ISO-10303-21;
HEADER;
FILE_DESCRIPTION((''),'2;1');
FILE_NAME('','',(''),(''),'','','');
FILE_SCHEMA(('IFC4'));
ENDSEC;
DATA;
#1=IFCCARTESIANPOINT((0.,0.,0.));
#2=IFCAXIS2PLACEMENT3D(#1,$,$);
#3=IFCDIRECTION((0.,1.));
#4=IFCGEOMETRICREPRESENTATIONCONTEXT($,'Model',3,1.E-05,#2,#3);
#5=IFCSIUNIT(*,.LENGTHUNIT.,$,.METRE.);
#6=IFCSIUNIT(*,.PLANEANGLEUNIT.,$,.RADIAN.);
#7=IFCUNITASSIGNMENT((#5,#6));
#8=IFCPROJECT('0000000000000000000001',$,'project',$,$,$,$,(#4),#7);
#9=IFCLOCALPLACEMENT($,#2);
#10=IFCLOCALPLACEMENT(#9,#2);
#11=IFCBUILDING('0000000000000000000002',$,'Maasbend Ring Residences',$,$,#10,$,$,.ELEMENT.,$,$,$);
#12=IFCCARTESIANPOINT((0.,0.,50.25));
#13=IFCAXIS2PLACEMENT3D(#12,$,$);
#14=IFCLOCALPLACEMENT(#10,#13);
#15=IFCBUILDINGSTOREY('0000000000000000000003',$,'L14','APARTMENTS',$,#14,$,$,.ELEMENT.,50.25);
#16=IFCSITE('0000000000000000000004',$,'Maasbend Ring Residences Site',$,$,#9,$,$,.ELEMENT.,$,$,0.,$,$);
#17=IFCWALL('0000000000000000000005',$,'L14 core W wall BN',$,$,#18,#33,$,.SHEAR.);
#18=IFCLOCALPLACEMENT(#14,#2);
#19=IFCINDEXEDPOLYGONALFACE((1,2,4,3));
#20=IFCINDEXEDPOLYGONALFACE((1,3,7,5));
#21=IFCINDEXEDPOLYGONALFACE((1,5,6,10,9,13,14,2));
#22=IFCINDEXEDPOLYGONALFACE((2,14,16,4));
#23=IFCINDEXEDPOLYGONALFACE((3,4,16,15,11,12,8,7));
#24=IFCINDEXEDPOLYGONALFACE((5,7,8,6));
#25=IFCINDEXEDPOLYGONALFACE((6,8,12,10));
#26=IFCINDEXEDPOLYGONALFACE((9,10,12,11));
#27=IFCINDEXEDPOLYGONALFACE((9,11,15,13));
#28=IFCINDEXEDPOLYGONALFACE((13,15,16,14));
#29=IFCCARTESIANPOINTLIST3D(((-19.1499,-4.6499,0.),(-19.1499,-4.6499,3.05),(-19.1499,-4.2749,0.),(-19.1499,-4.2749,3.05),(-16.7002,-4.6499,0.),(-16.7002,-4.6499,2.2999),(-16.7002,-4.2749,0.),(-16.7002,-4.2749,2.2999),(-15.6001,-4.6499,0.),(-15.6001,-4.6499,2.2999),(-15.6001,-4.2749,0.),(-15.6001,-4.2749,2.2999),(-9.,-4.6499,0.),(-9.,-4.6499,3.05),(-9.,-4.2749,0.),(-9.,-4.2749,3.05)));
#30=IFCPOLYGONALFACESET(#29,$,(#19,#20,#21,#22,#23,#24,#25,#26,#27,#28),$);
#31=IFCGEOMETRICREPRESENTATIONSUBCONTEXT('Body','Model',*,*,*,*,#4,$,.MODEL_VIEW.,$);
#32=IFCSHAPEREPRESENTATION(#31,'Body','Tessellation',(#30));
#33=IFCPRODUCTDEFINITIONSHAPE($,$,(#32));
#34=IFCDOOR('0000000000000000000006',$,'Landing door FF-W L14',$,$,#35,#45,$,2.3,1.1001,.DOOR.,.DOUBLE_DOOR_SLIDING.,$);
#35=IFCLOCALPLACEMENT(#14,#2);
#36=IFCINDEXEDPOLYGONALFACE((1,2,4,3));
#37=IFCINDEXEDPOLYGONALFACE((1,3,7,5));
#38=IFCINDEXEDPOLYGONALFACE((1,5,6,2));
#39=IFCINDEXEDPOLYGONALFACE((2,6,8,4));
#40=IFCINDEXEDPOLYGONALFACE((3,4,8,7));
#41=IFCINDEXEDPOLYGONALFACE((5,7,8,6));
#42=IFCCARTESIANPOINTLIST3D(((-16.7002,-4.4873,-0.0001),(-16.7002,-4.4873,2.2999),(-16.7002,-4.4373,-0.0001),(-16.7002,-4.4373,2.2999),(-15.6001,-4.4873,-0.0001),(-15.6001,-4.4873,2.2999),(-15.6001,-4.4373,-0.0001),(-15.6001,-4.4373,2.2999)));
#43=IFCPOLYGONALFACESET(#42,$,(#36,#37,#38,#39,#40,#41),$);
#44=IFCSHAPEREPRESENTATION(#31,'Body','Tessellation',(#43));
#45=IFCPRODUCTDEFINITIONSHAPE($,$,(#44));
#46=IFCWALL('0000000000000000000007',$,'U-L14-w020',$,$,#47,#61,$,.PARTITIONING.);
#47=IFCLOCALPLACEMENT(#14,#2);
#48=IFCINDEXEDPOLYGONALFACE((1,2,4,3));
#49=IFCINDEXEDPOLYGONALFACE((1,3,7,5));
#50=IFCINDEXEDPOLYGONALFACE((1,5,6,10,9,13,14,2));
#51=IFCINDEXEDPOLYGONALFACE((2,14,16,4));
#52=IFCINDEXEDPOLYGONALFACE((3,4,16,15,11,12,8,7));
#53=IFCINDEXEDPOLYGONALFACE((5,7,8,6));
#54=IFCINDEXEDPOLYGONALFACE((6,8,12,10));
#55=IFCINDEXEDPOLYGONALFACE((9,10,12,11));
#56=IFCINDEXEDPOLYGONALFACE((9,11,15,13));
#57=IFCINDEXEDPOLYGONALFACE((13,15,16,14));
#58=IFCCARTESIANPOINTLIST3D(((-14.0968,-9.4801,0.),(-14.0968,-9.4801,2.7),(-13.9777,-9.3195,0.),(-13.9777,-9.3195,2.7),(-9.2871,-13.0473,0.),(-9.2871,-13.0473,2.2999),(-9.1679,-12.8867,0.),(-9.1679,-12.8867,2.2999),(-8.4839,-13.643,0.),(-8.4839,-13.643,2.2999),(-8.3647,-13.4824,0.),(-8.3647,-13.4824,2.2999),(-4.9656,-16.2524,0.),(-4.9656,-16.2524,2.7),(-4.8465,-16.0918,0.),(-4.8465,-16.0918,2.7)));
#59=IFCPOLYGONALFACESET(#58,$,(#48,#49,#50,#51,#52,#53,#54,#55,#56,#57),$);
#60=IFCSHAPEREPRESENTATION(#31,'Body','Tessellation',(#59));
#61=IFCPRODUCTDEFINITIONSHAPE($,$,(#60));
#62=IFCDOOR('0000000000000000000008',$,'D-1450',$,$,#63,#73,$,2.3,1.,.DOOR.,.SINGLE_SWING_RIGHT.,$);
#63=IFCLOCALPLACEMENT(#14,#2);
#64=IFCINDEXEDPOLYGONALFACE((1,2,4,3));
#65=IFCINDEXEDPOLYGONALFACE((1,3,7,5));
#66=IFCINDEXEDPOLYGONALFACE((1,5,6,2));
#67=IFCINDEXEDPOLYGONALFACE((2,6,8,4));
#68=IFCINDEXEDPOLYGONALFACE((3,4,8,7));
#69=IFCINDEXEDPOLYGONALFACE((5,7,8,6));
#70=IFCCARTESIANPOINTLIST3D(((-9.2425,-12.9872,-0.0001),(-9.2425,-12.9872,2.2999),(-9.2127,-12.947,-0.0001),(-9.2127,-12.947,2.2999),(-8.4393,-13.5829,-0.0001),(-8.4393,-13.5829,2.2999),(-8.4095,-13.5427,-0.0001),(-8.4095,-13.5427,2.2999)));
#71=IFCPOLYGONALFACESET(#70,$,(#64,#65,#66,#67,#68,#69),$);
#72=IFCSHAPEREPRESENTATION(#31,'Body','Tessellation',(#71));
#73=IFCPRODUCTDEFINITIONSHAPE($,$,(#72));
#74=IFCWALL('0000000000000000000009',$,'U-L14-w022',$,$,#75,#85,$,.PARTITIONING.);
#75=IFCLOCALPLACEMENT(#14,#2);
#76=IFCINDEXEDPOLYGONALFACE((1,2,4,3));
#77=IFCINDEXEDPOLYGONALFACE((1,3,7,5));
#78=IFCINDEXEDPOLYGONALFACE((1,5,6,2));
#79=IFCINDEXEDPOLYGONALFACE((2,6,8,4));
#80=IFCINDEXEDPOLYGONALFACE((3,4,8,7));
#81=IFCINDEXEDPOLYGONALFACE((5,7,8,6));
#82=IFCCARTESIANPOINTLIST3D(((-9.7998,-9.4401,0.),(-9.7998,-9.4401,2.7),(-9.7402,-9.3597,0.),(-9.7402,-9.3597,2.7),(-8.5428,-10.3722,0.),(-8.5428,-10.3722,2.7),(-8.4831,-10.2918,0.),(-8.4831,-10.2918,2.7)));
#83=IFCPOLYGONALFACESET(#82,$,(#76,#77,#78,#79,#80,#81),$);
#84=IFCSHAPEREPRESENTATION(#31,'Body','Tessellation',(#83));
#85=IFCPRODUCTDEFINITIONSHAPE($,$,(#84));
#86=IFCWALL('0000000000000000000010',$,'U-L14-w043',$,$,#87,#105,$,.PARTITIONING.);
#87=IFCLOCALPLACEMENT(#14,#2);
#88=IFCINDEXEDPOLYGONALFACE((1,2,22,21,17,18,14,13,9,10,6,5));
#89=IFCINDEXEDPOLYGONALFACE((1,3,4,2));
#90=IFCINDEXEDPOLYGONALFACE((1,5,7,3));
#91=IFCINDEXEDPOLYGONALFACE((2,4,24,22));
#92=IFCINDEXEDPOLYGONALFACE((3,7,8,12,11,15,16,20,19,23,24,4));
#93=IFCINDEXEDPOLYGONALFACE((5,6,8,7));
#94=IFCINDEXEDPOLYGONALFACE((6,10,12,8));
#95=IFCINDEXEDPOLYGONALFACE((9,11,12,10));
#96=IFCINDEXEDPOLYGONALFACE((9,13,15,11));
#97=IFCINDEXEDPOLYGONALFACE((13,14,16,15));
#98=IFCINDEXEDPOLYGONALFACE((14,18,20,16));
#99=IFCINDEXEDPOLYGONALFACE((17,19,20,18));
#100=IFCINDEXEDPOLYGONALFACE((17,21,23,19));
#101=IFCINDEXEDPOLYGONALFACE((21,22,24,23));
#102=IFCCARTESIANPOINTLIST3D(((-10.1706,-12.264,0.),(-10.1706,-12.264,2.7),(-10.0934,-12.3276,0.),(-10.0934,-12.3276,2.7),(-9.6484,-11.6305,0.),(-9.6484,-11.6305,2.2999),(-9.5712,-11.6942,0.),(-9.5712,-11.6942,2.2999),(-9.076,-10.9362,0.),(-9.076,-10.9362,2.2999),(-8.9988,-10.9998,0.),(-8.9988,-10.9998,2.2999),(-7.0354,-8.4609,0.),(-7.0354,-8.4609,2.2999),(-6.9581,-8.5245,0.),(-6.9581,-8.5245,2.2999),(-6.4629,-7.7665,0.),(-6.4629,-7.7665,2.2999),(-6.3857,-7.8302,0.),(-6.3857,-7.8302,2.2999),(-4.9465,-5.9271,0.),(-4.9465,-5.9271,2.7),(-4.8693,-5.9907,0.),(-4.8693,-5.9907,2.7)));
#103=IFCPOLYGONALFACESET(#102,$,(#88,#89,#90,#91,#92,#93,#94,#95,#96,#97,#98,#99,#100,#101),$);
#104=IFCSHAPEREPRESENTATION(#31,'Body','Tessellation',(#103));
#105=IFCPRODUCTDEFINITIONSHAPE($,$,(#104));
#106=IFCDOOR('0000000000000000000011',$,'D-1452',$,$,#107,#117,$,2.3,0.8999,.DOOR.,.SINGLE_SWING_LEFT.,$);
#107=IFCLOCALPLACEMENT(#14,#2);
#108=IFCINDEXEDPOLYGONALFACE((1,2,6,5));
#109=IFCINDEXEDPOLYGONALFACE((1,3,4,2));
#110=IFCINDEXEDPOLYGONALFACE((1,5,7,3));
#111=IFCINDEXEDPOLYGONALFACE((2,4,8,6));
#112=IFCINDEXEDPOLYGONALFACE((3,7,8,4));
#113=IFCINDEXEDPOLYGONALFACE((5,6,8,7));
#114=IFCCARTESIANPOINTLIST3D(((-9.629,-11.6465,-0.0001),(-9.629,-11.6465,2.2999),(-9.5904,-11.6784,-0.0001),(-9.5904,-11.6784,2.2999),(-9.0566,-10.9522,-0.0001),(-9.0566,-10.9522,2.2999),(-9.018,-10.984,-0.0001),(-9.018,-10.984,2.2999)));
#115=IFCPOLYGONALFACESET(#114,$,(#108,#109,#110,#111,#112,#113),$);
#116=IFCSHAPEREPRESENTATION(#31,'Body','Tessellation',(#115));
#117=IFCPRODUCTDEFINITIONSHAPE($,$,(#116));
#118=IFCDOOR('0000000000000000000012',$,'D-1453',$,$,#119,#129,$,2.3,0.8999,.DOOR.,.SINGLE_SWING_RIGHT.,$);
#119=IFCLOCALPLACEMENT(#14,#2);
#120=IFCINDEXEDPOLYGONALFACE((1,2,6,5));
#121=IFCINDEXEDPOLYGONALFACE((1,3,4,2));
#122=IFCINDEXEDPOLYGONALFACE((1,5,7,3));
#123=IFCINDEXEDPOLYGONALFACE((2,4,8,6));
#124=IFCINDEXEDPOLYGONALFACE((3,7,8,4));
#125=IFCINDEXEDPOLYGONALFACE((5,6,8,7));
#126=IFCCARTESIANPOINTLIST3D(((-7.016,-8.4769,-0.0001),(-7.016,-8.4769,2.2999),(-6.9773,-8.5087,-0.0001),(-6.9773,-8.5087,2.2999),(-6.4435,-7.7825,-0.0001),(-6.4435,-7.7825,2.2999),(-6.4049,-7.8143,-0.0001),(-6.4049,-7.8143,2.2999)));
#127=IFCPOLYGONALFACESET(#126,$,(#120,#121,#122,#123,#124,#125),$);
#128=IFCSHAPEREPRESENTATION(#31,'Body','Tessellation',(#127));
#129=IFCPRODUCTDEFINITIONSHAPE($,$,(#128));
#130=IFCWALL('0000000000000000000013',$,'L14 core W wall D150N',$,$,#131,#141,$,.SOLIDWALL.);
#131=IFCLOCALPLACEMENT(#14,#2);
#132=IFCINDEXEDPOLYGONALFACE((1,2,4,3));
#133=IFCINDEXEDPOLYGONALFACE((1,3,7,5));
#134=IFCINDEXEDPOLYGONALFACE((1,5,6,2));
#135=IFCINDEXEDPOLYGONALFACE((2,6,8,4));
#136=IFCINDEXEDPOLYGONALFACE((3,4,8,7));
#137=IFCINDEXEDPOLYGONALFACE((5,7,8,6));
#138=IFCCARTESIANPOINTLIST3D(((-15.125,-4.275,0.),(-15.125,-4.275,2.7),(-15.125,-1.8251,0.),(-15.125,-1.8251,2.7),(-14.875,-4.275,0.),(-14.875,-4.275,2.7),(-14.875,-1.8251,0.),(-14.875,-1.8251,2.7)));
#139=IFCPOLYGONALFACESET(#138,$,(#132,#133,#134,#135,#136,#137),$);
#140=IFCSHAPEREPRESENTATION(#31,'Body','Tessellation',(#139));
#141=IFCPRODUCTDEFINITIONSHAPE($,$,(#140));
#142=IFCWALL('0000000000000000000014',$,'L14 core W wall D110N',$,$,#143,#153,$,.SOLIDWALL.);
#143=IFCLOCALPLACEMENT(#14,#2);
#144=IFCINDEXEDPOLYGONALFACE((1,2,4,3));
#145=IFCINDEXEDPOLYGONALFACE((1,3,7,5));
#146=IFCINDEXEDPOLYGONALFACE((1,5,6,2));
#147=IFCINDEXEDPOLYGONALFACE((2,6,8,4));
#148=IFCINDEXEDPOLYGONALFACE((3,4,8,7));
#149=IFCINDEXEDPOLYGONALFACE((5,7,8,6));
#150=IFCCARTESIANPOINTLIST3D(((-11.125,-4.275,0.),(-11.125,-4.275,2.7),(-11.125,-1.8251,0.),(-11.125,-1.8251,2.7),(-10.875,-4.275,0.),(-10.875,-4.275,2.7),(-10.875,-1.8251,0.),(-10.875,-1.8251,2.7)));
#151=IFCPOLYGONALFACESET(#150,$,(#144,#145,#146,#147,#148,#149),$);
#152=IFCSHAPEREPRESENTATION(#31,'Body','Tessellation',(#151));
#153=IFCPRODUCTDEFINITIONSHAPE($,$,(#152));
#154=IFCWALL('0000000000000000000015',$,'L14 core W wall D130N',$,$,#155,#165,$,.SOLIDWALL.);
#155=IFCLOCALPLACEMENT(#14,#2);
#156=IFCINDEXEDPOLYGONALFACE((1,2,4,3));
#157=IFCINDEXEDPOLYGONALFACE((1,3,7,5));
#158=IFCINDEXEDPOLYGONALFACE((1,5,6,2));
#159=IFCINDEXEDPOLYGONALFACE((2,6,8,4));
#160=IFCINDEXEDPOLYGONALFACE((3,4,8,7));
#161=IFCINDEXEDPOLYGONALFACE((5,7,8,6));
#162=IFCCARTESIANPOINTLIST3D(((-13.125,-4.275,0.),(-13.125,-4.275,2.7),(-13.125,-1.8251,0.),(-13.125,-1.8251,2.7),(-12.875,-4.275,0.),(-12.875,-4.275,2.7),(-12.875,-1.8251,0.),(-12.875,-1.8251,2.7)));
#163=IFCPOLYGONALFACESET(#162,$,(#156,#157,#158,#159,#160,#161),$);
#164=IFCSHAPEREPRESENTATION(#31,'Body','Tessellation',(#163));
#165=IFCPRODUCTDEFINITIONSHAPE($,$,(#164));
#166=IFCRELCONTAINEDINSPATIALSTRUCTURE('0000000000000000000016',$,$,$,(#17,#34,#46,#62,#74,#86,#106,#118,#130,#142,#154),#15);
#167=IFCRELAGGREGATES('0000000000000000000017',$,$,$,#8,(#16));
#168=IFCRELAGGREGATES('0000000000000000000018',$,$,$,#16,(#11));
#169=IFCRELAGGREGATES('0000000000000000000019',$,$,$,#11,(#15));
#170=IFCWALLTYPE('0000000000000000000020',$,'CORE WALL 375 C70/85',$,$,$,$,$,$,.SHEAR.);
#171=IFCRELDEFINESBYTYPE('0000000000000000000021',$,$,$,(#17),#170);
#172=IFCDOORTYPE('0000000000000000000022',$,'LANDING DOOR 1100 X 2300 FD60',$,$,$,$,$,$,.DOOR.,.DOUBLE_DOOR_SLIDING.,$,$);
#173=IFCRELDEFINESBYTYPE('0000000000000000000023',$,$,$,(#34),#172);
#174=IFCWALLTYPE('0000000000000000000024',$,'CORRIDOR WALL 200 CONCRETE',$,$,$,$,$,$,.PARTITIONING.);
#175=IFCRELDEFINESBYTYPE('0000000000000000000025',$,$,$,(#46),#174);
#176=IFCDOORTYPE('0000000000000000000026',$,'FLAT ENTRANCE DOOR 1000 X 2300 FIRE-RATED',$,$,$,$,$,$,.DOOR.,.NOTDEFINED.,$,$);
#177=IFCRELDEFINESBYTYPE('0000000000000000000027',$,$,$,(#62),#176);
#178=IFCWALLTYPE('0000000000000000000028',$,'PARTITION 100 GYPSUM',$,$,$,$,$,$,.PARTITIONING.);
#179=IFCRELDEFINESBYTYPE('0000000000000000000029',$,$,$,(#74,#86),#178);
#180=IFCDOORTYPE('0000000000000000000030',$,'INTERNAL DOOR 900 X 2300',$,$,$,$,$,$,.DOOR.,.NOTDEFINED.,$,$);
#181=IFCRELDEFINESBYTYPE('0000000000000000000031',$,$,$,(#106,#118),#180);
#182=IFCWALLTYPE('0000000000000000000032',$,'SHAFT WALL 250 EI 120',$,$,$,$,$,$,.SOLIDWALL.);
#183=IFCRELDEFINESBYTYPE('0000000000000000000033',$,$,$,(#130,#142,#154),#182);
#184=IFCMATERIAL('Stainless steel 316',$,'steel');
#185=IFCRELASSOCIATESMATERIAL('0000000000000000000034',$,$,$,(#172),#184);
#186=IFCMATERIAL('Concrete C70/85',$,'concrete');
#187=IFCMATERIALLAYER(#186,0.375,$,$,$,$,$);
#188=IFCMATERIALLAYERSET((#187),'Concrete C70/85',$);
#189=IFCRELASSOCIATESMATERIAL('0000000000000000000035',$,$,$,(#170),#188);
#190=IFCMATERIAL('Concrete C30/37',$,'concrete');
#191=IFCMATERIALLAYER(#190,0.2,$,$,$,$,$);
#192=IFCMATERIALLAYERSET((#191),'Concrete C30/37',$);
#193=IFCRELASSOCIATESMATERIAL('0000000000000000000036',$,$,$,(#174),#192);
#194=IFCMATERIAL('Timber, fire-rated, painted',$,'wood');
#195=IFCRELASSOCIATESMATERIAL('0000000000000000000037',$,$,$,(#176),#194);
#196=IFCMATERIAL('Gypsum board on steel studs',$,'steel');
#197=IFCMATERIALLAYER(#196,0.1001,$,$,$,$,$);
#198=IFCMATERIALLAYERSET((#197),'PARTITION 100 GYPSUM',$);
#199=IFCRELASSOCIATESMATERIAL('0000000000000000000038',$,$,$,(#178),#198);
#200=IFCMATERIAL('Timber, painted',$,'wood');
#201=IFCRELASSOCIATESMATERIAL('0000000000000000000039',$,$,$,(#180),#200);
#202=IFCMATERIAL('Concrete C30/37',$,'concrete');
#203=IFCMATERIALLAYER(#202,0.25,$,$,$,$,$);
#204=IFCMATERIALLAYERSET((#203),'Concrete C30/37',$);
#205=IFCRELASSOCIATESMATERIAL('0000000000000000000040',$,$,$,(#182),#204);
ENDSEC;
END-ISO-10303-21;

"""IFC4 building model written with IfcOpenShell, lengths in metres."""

from ifc_helpers import new_model, si_unit, direction, frame, frame_2d, origin, place, context, subcontext, project, spatial, rectangle, extrude, material, layer, layer_set, type_object, element, fill, save


model = new_model("IFC4")

# Units and contexts
model_context = context("Model", 3, precision=1e-05, world=origin(), true_north=direction((0.0, 1.0)))
body_context = subcontext(model_context, "Body", "Model", "MODEL_VIEW")
ifc_project = project(units=[si_unit("LENGTHUNIT", "METRE"), si_unit("PLANEANGLEUNIT", "RADIAN")], contexts=[model_context])

# Site, building, storey
site_placement = place(None, origin())
site = spatial("IfcSite", under=ifc_project, at=site_placement, Name="Maasbend Ring Residences Site", CompositionType="ELEMENT", RefElevation=0.0)
building_placement = place(site_placement, origin())
building = spatial("IfcBuilding", under=site, at=building_placement, Name="Maasbend Ring Residences", CompositionType="ELEMENT")
storey_placement = place(building_placement, frame((0.0, 0.0, 50.25)))
storey = spatial("IfcBuildingStorey", under=building, at=storey_placement, Name="L14", Description="APARTMENTS", CompositionType="ELEMENT", Elevation=50.25)

# Shared definitions
ifc_material_1 = material(Name="Stainless steel 316", Category="steel")
door_type_1 = type_object("IfcDoorType", Name="LANDING DOOR 1100 X 2300 FD60", OperationType="DOUBLE_DOOR_SLIDING", PredefinedType="DOOR", material=ifc_material_1)

# Walls, openings, doors
ifc_material_2 = material(Name="Concrete C70/85", Category="concrete")
ifc_layer_1 = layer(ifc_material_2, 0.375)
ifc_layer_set_1 = layer_set([ifc_layer_1], Name="Concrete C70/85")
wall_type_1 = type_object("IfcWallType", Name="CORE WALL 375 C70/85", PredefinedType="SHEAR", material=ifc_layer_set_1)
wall_1_placement = place(storey_placement, frame((-9.0, -4.4624, 0.0), z_axis=(0.0, 0.0, 1.0), x_axis=(-1.0, 0.0, 0.0)))
wall_1 = element("IfcWall", 1, at=wall_1_placement, inside=storey, type_object=wall_type_1, Name="L14 core W wall BN", PredefinedType="SHEAR", context=body_context, shape_type="SweptSolid", body=[
    extrude(rectangle(XDim=10.1499, YDim=0.375, at=frame_2d((5.075, 0.0))), origin(), (0.0, 0.0, 1.0), 3.05),
])
opening_1_placement = place(wall_1_placement, frame((6.6001, 0.0, 0.0)))
opening_1 = element("IfcOpeningElement", 2, at=opening_1_placement, cuts=wall_1, PredefinedType="OPENING", context=body_context, shape_type="SweptSolid", body=[
    extrude(rectangle(XDim=1.1001, YDim=2.3, at=frame_2d((0.55, 1.1499))), frame((0.0, 0.1975, 0.0), z_axis=(0.0, -1.0, 0.0), x_axis=(1.0, 0.0, 0.0)), (0.0, 0.0, 1.0), 0.395),
])
door_1_placement = place(opening_1_placement, origin())
door_1 = element("IfcDoor", 3, at=door_1_placement, inside=storey, type_object=door_type_1, Name="Landing door FF-W L14", OperationType="DOUBLE_DOOR_SLIDING", OverallHeight=2.3, OverallWidth=1.1001, PredefinedType="DOOR", context=body_context, shape_type="SweptSolid", body=[
    extrude(rectangle(XDim=1.1001, YDim=2.3, at=frame_2d((0.55, 1.1499))), frame((0.0, 0.0249, 0.0), z_axis=(0.0, -1.0, 0.0), x_axis=(1.0, 0.0, 0.0)), (0.0, 0.0, 1.0), 0.05),
])
fill(opening_1, door_1)
ifc_material_3 = material(Name="Concrete C30/37", Category="concrete")
ifc_layer_2 = layer(ifc_material_3, 0.2)
ifc_layer_set_2 = layer_set([ifc_layer_2], Name="Concrete C30/37")
wall_type_2 = type_object("IfcWallType", Name="CORRIDOR WALL 200 CONCRETE", PredefinedType="PARTITIONING", material=ifc_layer_set_2)
wall_2_placement = place(storey_placement, frame((-14.0371, -9.3999, 0.0), z_axis=(0.0, 0.0, 1.0), x_axis=(0.803202, -0.595707, 0.0)))
wall_2 = element("IfcWall", 4, at=wall_2_placement, inside=storey, type_object=wall_type_2, Name="U-L14-w020", PredefinedType="PARTITIONING", context=body_context, shape_type="SweptSolid", body=[
    extrude(rectangle(XDim=11.3684, YDim=0.2, at=frame_2d((5.6841, 0.0))), origin(), (0.0, 0.0, 1.0), 2.7),
])
opening_2_placement = place(wall_2_placement, frame((5.988, 0.0, 0.0)))
opening_2 = element("IfcOpeningElement", 5, at=opening_2_placement, cuts=wall_2, PredefinedType="OPENING", context=body_context, shape_type="SweptSolid", body=[
    extrude(rectangle(XDim=1.0, YDim=2.3, at=frame_2d((0.5, 1.1499))), frame((0.0, 0.1099, 0.0), z_axis=(0.0, -1.0, 0.0), x_axis=(1.0, 0.0, 0.0)), (0.0, 0.0, 1.0), 0.22),
])
ifc_material_4 = material(Name="Timber, fire-rated, painted", Category="wood")
door_type_2 = type_object("IfcDoorType", Name="FLAT ENTRANCE DOOR 1000 X 2300 FIRE-RATED", OperationType="NOTDEFINED", PredefinedType="DOOR", material=ifc_material_4)
door_2_placement = place(opening_2_placement, origin())
door_2 = element("IfcDoor", 6, at=door_2_placement, inside=storey, type_object=door_type_2, Name="D-1450", OperationType="SINGLE_SWING_RIGHT", OverallHeight=2.3, OverallWidth=1.0, PredefinedType="DOOR", context=body_context, shape_type="SweptSolid", body=[
    extrude(rectangle(XDim=1.0, YDim=2.3, at=frame_2d((0.5, 1.1499))), frame((0.0, 0.0249, 0.0), z_axis=(0.0, -1.0, 0.0), x_axis=(1.0, 0.0, 0.0)), (0.0, 0.0, 1.0), 0.05),
])
fill(opening_2, door_2)

# Wall
ifc_material_5 = material(Name="Gypsum board on steel studs", Category="steel")
ifc_layer_3 = layer(ifc_material_5, 0.1001)
ifc_layer_set_3 = layer_set([ifc_layer_3], Name="PARTITION 100 GYPSUM")
wall_type_3 = type_object("IfcWallType", Name="PARTITION 100 GYPSUM", PredefinedType="PARTITIONING", material=ifc_layer_set_3)
wall_3_placement = place(storey_placement, frame((-9.77, -9.3999, 0.0), z_axis=(0.0, 0.0, 1.0), x_axis=(0.803264, -0.595623, 0.0)))
element("IfcWall", 7, at=wall_3_placement, inside=storey, type_object=wall_type_3, Name="U-L14-w022", PredefinedType="PARTITIONING", context=body_context, shape_type="SweptSolid", body=[
    extrude(rectangle(XDim=1.5649, YDim=0.1001, at=frame_2d((0.7825, 0.0))), origin(), (0.0, 0.0, 1.0), 2.7),
])

# Wall, openings, doors
wall_4_placement = place(storey_placement, frame((-10.1321, -12.2959, 0.0), z_axis=(0.0, 0.0, 1.0), x_axis=(0.636105, 0.771602, 0.0)))
wall_4 = element("IfcWall", 8, at=wall_4_placement, inside=storey, type_object=wall_type_3, Name="U-L14-w043", PredefinedType="PARTITIONING", context=body_context, shape_type="SweptSolid", body=[
    extrude(rectangle(XDim=8.2126, YDim=0.1001, at=frame_2d((4.1064, 0.0))), origin(), (0.0, 0.0, 1.0), 2.7),
])
opening_3_placement = place(wall_4_placement, frame((0.821, 0.0, 0.0)))
opening_3 = element("IfcOpeningElement", 9, at=opening_3_placement, cuts=wall_4, PredefinedType="OPENING", context=body_context, shape_type="SweptSolid", body=[
    extrude(rectangle(XDim=0.8999, YDim=2.3, at=frame_2d((0.45, 1.1499))), frame((0.0, 0.0601, 0.0), z_axis=(0.0, -1.0, 0.0), x_axis=(1.0, 0.0, 0.0)), (0.0, 0.0, 1.0), 0.1201),
])
opening_4_placement = place(wall_4_placement, frame((4.929, 0.0, 0.0)))
opening_4 = element("IfcOpeningElement", 10, at=opening_4_placement, cuts=wall_4, PredefinedType="OPENING", context=body_context, shape_type="SweptSolid", body=[
    extrude(rectangle(XDim=0.8999, YDim=2.3, at=frame_2d((0.45, 1.1499))), frame((0.0, 0.0601, 0.0), z_axis=(0.0, -1.0, 0.0), x_axis=(1.0, 0.0, 0.0)), (0.0, 0.0, 1.0), 0.1201),
])
ifc_material_6 = material(Name="Timber, painted", Category="wood")
door_type_3 = type_object("IfcDoorType", Name="INTERNAL DOOR 900 X 2300", OperationType="NOTDEFINED", PredefinedType="DOOR", material=ifc_material_6)
door_3_placement = place(opening_3_placement, origin())
door_3 = element("IfcDoor", 11, at=door_3_placement, inside=storey, type_object=door_type_3, Name="D-1452", OperationType="SINGLE_SWING_LEFT", OverallHeight=2.3, OverallWidth=0.8999, PredefinedType="DOOR", context=body_context, shape_type="SweptSolid", body=[
    extrude(rectangle(XDim=0.8999, YDim=2.3, at=frame_2d((0.45, 1.1499))), frame((0.0, 0.0249, 0.0), z_axis=(0.0, -1.0, 0.0), x_axis=(1.0, 0.0, 0.0)), (0.0, 0.0, 1.0), 0.05),
])
fill(opening_3, door_3)
door_4_placement = place(opening_4_placement, origin())
door_4 = element("IfcDoor", 12, at=door_4_placement, inside=storey, type_object=door_type_3, Name="D-1453", OperationType="SINGLE_SWING_RIGHT", OverallHeight=2.3, OverallWidth=0.8999, PredefinedType="DOOR", context=body_context, shape_type="SweptSolid", body=[
    extrude(rectangle(XDim=0.8999, YDim=2.3, at=frame_2d((0.45, 1.1499))), frame((0.0, 0.0249, 0.0), z_axis=(0.0, -1.0, 0.0), x_axis=(1.0, 0.0, 0.0)), (0.0, 0.0, 1.0), 0.05),
])
fill(opening_4, door_4)

# Walls
ifc_material_7 = material(Name="Concrete C30/37", Category="concrete")
ifc_layer_4 = layer(ifc_material_7, 0.25)
ifc_layer_set_4 = layer_set([ifc_layer_4], Name="Concrete C30/37")
wall_type_4 = type_object("IfcWallType", Name="SHAFT WALL 250 EI 120", PredefinedType="SOLIDWALL", material=ifc_layer_set_4)
for number, where, z_axis, x_axis, name in (
    (13, (-15.0, -1.825, 0.0), (0.0, 0.0, 1.0), (0.0, -1.0, 0.0), "L14 core W wall D150N"),
    (14, (-11.0, -1.825, 0.0), (0.0, 0.0, 1.0), (0.0, -1.0, 0.0), "L14 core W wall D110N"),
    (15, (-13.0, -1.825, 0.0), (0.0, 0.0, 1.0), (0.0, -1.0, 0.0), "L14 core W wall D130N"),
):
    element("IfcWall", number, at=place(storey_placement, frame(where, z_axis=z_axis, x_axis=x_axis)), inside=storey, type_object=wall_type_4, Name=name, PredefinedType="SOLIDWALL", context=body_context, shape_type="SweptSolid", body=[
        extrude(rectangle(XDim=2.45, YDim=0.25, at=frame_2d((1.2251, 0.0))), origin(), (0.0, 0.0, 1.0), 2.7),
    ])

save(model, "model.ifc")
